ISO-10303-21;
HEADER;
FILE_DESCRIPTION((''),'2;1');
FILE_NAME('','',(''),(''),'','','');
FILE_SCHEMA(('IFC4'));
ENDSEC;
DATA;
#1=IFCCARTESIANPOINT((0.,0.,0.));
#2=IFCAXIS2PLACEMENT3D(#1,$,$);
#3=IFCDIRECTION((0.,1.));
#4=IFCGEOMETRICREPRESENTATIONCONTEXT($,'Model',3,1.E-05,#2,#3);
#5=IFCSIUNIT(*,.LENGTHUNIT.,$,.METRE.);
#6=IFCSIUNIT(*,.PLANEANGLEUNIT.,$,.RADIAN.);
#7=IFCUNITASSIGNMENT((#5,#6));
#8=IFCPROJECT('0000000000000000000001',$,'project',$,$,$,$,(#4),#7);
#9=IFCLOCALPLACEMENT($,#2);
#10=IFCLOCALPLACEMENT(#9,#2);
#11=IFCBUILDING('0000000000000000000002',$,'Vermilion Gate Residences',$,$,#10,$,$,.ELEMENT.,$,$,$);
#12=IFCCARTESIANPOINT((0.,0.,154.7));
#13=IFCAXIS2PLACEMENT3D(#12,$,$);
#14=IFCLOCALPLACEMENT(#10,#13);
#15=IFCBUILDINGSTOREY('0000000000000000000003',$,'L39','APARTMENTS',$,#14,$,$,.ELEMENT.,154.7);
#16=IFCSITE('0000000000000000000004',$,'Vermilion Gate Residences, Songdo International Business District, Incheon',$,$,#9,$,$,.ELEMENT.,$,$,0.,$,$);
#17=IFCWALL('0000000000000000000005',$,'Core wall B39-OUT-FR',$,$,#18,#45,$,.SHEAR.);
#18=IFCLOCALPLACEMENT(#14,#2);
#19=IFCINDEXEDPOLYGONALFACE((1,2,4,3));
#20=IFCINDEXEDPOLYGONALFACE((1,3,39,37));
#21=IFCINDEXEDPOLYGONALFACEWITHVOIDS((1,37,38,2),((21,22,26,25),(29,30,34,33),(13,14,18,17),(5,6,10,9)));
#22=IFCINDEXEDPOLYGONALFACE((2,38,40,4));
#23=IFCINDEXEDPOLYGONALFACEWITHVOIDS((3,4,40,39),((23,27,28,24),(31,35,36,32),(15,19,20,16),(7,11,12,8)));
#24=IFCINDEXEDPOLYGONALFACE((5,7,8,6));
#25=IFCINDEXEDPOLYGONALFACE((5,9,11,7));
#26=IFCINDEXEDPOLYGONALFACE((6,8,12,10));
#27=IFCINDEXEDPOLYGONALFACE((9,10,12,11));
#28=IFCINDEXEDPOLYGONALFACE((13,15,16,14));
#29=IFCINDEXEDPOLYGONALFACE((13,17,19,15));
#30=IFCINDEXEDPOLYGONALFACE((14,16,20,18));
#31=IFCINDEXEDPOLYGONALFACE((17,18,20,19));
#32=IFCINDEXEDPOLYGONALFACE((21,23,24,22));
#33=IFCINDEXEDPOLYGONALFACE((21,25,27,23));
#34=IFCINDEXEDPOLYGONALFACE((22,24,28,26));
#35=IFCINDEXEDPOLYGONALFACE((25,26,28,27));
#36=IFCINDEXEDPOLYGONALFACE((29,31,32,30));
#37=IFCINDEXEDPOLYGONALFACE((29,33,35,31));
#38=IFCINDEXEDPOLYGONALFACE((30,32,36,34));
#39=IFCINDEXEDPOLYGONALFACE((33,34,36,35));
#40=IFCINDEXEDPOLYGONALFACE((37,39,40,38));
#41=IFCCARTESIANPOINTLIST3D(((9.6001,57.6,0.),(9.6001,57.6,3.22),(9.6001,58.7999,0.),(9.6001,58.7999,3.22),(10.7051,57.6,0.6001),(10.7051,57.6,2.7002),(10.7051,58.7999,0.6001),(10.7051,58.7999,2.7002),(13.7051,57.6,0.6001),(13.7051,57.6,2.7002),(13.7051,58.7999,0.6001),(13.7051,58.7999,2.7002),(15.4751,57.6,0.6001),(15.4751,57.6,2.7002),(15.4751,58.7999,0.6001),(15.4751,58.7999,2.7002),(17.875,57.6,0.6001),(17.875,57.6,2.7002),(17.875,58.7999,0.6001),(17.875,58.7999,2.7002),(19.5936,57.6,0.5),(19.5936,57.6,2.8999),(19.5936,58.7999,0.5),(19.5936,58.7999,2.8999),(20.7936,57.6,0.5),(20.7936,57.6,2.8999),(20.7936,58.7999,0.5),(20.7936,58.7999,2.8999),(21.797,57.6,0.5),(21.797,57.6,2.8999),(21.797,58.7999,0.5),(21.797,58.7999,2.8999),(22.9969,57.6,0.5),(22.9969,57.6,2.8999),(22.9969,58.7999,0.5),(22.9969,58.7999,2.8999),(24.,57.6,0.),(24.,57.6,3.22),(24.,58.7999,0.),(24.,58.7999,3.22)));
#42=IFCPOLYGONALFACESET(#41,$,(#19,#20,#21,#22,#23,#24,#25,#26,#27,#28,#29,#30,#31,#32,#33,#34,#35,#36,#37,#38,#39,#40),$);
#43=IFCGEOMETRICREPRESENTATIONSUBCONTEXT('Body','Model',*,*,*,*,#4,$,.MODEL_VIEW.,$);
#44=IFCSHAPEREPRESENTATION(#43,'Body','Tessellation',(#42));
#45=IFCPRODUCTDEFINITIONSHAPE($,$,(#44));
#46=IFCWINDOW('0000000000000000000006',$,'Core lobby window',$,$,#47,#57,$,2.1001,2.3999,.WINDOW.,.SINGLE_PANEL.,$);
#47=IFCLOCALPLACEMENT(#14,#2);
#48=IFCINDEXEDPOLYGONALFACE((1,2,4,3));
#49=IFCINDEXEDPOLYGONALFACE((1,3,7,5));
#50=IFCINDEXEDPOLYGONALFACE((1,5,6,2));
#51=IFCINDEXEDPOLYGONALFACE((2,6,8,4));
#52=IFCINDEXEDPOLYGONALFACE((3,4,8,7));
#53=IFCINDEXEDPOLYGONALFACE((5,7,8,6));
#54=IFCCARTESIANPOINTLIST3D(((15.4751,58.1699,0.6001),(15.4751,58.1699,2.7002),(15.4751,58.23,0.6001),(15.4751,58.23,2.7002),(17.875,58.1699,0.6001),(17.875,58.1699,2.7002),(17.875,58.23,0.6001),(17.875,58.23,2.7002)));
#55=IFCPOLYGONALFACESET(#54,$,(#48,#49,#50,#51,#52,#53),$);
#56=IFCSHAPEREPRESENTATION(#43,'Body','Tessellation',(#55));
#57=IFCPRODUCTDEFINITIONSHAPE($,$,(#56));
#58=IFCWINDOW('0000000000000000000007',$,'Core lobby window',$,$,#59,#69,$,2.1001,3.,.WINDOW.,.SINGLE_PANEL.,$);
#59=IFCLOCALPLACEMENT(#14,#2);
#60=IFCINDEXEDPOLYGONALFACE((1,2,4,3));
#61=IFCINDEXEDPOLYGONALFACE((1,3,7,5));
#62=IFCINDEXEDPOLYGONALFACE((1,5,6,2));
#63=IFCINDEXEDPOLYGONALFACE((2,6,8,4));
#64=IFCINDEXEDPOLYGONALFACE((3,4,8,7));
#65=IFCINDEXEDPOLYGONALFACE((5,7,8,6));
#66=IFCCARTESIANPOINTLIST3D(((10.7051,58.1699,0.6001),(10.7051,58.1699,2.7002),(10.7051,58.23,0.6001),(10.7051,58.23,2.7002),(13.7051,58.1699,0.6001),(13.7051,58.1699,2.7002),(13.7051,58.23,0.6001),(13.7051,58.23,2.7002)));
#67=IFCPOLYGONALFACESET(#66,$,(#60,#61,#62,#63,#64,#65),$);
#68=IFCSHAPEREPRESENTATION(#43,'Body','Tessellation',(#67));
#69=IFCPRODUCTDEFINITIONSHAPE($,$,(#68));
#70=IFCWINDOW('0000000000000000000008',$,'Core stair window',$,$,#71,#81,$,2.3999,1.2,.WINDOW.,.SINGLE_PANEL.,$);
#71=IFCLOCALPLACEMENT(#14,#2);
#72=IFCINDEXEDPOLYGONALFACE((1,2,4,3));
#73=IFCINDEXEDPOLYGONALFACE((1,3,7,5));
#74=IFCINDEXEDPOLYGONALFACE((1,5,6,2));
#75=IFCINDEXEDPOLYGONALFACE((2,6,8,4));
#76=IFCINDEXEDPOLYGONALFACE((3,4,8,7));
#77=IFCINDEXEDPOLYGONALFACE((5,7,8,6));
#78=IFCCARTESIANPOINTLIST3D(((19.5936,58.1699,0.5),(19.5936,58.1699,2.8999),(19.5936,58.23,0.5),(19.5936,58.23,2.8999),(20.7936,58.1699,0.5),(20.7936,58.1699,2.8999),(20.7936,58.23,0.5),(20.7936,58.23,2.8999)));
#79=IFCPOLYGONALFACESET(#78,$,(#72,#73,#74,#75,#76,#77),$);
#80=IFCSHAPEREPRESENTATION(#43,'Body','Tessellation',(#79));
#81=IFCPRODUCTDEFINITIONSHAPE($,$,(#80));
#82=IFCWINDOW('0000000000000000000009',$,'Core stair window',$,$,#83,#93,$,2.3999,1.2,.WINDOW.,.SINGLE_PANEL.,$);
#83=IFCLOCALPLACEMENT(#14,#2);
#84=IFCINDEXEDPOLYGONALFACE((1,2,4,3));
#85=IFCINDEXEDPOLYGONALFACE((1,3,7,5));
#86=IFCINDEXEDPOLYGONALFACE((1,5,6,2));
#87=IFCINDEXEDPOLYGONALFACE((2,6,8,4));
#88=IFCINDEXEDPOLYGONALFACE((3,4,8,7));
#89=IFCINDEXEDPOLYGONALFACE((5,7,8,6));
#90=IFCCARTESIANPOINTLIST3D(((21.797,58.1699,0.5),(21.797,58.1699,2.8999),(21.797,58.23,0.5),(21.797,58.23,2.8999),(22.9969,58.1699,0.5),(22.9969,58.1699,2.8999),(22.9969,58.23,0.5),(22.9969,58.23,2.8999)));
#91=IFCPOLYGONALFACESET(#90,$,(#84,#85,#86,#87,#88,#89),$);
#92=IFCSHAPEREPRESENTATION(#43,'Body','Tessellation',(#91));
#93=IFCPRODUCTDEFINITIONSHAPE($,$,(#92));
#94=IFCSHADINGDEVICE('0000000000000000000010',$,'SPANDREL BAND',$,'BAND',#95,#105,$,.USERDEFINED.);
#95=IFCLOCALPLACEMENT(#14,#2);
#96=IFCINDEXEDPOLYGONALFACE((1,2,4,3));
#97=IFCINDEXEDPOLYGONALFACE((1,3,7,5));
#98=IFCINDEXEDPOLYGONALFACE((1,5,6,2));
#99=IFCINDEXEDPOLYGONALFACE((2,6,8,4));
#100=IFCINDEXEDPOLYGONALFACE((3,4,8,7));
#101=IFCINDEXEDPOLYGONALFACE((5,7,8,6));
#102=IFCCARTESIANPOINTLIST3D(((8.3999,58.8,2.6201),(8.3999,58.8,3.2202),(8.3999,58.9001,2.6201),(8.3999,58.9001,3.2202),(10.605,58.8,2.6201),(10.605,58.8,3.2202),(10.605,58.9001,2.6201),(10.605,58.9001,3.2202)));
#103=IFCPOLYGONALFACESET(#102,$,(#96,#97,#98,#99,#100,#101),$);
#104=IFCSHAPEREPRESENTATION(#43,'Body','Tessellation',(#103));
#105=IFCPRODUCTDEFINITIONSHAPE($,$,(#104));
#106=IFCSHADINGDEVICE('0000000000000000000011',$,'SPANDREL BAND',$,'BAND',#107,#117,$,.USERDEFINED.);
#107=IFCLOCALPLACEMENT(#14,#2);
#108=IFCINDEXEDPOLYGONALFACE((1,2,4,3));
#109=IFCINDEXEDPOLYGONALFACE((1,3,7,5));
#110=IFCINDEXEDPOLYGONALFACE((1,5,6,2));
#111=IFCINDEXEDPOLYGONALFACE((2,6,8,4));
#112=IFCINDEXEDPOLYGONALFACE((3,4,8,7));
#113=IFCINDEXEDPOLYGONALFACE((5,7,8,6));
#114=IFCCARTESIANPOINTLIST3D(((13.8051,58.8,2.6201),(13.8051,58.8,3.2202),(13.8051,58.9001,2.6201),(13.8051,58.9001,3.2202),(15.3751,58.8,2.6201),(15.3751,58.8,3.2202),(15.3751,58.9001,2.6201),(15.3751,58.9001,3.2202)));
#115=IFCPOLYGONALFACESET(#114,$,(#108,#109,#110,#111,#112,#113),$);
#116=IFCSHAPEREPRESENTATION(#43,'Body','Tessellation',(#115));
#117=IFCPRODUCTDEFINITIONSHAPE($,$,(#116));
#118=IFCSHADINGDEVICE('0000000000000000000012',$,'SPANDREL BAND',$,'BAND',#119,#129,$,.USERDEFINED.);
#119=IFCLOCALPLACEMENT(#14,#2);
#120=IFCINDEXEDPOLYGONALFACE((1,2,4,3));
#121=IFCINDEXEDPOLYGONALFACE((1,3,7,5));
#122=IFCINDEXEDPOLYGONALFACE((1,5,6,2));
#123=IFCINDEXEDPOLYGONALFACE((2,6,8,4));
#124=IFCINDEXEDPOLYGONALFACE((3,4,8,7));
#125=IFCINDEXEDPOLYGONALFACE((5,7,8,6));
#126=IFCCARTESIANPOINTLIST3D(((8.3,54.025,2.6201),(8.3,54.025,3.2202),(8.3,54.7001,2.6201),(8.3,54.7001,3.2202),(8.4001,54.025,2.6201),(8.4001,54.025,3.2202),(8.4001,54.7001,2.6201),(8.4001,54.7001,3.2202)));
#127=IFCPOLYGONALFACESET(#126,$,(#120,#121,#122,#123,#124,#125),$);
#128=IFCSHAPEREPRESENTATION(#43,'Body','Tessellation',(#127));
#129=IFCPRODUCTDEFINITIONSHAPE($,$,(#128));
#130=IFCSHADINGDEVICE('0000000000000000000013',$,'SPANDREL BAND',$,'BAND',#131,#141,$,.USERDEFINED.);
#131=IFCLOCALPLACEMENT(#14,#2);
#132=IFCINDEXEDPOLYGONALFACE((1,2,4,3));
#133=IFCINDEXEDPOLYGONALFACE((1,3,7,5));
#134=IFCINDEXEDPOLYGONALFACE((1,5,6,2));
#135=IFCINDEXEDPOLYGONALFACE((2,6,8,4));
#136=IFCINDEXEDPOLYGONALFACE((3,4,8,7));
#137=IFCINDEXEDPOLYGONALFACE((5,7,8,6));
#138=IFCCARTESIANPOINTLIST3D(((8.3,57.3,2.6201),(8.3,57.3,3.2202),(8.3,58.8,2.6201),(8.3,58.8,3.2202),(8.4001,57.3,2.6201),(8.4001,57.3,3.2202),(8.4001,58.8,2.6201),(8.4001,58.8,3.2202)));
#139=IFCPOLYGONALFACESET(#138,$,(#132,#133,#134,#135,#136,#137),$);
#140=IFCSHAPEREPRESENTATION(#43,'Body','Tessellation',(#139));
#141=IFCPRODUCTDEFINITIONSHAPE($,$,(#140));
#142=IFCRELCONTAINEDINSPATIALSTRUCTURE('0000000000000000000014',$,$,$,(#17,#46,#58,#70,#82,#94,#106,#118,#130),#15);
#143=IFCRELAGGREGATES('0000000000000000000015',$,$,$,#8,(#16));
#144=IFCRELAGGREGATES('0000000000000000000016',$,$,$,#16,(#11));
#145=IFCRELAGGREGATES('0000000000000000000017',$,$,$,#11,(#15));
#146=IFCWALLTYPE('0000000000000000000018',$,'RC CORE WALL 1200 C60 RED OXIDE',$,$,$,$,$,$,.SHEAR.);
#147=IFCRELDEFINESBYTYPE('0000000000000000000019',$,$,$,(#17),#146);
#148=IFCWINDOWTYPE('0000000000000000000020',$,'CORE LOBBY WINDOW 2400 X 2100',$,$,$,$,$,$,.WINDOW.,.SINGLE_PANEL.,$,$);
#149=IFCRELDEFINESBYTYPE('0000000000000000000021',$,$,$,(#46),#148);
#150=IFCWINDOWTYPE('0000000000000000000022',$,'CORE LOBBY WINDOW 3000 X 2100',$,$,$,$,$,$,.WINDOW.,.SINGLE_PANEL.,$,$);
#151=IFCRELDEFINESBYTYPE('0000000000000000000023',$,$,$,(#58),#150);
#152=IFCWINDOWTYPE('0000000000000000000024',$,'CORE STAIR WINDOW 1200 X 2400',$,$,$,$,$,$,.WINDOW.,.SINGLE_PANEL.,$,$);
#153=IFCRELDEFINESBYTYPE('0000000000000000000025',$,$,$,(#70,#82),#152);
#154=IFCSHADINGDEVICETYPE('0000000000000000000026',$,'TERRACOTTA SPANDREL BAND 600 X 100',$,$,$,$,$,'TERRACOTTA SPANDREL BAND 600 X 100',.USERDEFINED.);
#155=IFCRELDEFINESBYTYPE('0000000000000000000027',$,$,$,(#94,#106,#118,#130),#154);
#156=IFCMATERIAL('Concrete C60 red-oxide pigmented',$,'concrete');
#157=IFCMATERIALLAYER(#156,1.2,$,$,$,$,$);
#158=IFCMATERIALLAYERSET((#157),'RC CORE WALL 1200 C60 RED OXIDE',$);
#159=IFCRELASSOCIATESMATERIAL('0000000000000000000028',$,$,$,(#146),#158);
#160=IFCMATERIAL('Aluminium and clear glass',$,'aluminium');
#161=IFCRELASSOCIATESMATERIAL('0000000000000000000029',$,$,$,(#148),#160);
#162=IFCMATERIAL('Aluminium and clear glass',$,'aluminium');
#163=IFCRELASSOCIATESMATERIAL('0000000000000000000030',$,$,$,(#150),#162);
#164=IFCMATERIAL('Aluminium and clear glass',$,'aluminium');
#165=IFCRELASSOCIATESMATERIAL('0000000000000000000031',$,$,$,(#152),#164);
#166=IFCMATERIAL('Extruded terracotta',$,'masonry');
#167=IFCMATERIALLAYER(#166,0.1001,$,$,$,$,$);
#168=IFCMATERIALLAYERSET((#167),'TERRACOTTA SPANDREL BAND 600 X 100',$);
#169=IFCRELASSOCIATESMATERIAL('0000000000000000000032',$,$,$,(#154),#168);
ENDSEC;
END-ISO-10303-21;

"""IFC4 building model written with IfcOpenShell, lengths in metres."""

from ifc_helpers import new_model, si_unit, direction, frame, frame_2d, origin, origin_2d, place, context, subcontext, project, spatial, rectangle, extrude, material, layer, layer_set, type_object, element, fill, save


model = new_model("IFC4")

# Units and contexts
model_context = context("Model", 3, precision=1e-05, world=origin(), true_north=direction((0.0, 1.0)))
body_context = subcontext(model_context, "Body", "Model", "MODEL_VIEW")
ifc_project = project(units=[si_unit("LENGTHUNIT", "METRE"), si_unit("PLANEANGLEUNIT", "RADIAN")], contexts=[model_context])

# Site, building, storey
site_placement = place(None, origin())
site = spatial("IfcSite", under=ifc_project, at=site_placement, Name="Vermilion Gate Residences, Songdo International Business District, Incheon", CompositionType="ELEMENT", RefElevation=0.0)
building_placement = place(site_placement, origin())
building = spatial("IfcBuilding", under=site, at=building_placement, Name="Vermilion Gate Residences", CompositionType="ELEMENT")
storey_placement = place(building_placement, frame((0.0, 0.0, 154.7)))
storey = spatial("IfcBuildingStorey", under=building, at=storey_placement, Name="L39", Description="APARTMENTS", CompositionType="ELEMENT", Elevation=154.7)

# Wall, openings, windows
ifc_material_1 = material(Name="Concrete C60 red-oxide pigmented", Category="concrete")
ifc_layer_1 = layer(ifc_material_1, 1.2)
ifc_layer_set_1 = layer_set([ifc_layer_1], Name="RC CORE WALL 1200 C60 RED OXIDE")
wall_type_1 = type_object("IfcWallType", Name="RC CORE WALL 1200 C60 RED OXIDE", PredefinedType="SHEAR", material=ifc_layer_set_1)
ifc_material_2 = material(Name="Aluminium and clear glass", Category="aluminium")
window_type_1 = type_object("IfcWindowType", Name="CORE LOBBY WINDOW 2400 X 2100", PartitioningType="SINGLE_PANEL", PredefinedType="WINDOW", material=ifc_material_2)
wall_1_placement = place(storey_placement, frame((9.6001, 58.2, 0.0), z_axis=(0.0, 0.0, 1.0), x_axis=(1.0, 0.0, 0.0)))
wall_1 = element("IfcWall", 1, at=wall_1_placement, inside=storey, type_object=wall_type_1, Name="Core wall B39-OUT-FR", PredefinedType="SHEAR", context=body_context, shape_type="SweptSolid", body=[
    extrude(rectangle(XDim=14.3999, YDim=1.2, at=frame_2d((7.2, 0.0))), origin(), (0.0, 0.0, 1.0), 3.22),
])
opening_1_placement = place(wall_1_placement, frame((1.105, 0.0, 0.6001)))
opening_1 = element("IfcOpeningElement", 2, at=opening_1_placement, cuts=wall_1, PredefinedType="OPENING", context=body_context, shape_type="SweptSolid", body=[
    extrude(rectangle(XDim=3.0, YDim=2.1001, at=frame_2d((1.5, 1.05))), frame((0.0, 0.6099, 0.0), z_axis=(0.0, -1.0, 0.0), x_axis=(1.0, 0.0, 0.0)), (0.0, 0.0, 1.0), 1.22),
])
opening_2_placement = place(wall_1_placement, frame((5.875, 0.0, 0.6001)))
opening_2 = element("IfcOpeningElement", 3, at=opening_2_placement, cuts=wall_1, PredefinedType="OPENING", context=body_context, shape_type="SweptSolid", body=[
    extrude(rectangle(XDim=2.3999, YDim=2.1001, at=frame_2d((1.2, 1.05))), frame((0.0, 0.6099, 0.0), z_axis=(0.0, -1.0, 0.0), x_axis=(1.0, 0.0, 0.0)), (0.0, 0.0, 1.0), 1.22),
])
opening_3_placement = place(wall_1_placement, frame((9.9934, 0.0, 0.5)))
opening_3 = element("IfcOpeningElement", 4, at=opening_3_placement, cuts=wall_1, PredefinedType="OPENING", context=body_context, shape_type="SweptSolid", body=[
    extrude(rectangle(XDim=1.2, YDim=2.3999, at=frame_2d((0.6001, 1.2))), frame((0.0, 0.6099, 0.0), z_axis=(0.0, -1.0, 0.0), x_axis=(1.0, 0.0, 0.0)), (0.0, 0.0, 1.0), 1.22),
])
opening_4_placement = place(wall_1_placement, frame((12.1968, 0.0, 0.5)))
opening_4 = element("IfcOpeningElement", 5, at=opening_4_placement, cuts=wall_1, PredefinedType="OPENING", context=body_context, shape_type="SweptSolid", body=[
    extrude(rectangle(XDim=1.2, YDim=2.3999, at=frame_2d((0.6001, 1.2))), frame((0.0, 0.6099, 0.0), z_axis=(0.0, -1.0, 0.0), x_axis=(1.0, 0.0, 0.0)), (0.0, 0.0, 1.0), 1.22),
])
window_1_placement = place(opening_2_placement, origin())
window_1 = element("IfcWindow", 6, at=window_1_placement, inside=storey, type_object=window_type_1, Name="Core lobby window", OverallHeight=2.1001, OverallWidth=2.3999, PartitioningType="SINGLE_PANEL", PredefinedType="WINDOW", context=body_context, shape_type="SweptSolid", body=[
    extrude(rectangle(XDim=2.3999, YDim=2.1001, at=frame_2d((1.2, 1.05))), frame((0.0, 0.03, 0.0), z_axis=(0.0, -1.0, 0.0), x_axis=(1.0, 0.0, 0.0)), (0.0, 0.0, 1.0), 0.0601),
])
fill(opening_2, window_1)
ifc_material_3 = material(Name="Aluminium and clear glass", Category="aluminium")
window_type_2 = type_object("IfcWindowType", Name="CORE LOBBY WINDOW 3000 X 2100", PartitioningType="SINGLE_PANEL", PredefinedType="WINDOW", material=ifc_material_3)
window_2_placement = place(opening_1_placement, origin())
window_2 = element("IfcWindow", 7, at=window_2_placement, inside=storey, type_object=window_type_2, Name="Core lobby window", OverallHeight=2.1001, OverallWidth=3.0, PartitioningType="SINGLE_PANEL", PredefinedType="WINDOW", context=body_context, shape_type="SweptSolid", body=[
    extrude(rectangle(XDim=3.0, YDim=2.1001, at=frame_2d((1.5, 1.05))), frame((0.0, 0.03, 0.0), z_axis=(0.0, -1.0, 0.0), x_axis=(1.0, 0.0, 0.0)), (0.0, 0.0, 1.0), 0.0601),
])
fill(opening_1, window_2)
ifc_material_4 = material(Name="Aluminium and clear glass", Category="aluminium")
window_type_3 = type_object("IfcWindowType", Name="CORE STAIR WINDOW 1200 X 2400", PartitioningType="SINGLE_PANEL", PredefinedType="WINDOW", material=ifc_material_4)
window_3_placement = place(opening_3_placement, origin())
window_3 = element("IfcWindow", 8, at=window_3_placement, inside=storey, type_object=window_type_3, Name="Core stair window", OverallHeight=2.3999, OverallWidth=1.2, PartitioningType="SINGLE_PANEL", PredefinedType="WINDOW", context=body_context, shape_type="SweptSolid", body=[
    extrude(rectangle(XDim=1.2, YDim=2.3999, at=frame_2d((0.6001, 1.2))), frame((0.0, 0.03, 0.0), z_axis=(0.0, -1.0, 0.0), x_axis=(1.0, 0.0, 0.0)), (0.0, 0.0, 1.0), 0.0601),
])
fill(opening_3, window_3)
window_4_placement = place(opening_4_placement, origin())
window_4 = element("IfcWindow", 9, at=window_4_placement, inside=storey, type_object=window_type_3, Name="Core stair window", OverallHeight=2.3999, OverallWidth=1.2, PartitioningType="SINGLE_PANEL", PredefinedType="WINDOW", context=body_context, shape_type="SweptSolid", body=[
    extrude(rectangle(XDim=1.2, YDim=2.3999, at=frame_2d((0.6001, 1.2))), frame((0.0, 0.03, 0.0), z_axis=(0.0, -1.0, 0.0), x_axis=(1.0, 0.0, 0.0)), (0.0, 0.0, 1.0), 0.0601),
])
fill(opening_4, window_4)

# Shading devices
ifc_material_5 = material(Name="Extruded terracotta", Category="masonry")
ifc_layer_2 = layer(ifc_material_5, 0.1001)
ifc_layer_set_2 = layer_set([ifc_layer_2], Name="TERRACOTTA SPANDREL BAND 600 X 100")
shading_device_type = type_object("IfcShadingDeviceType", Name="TERRACOTTA SPANDREL BAND 600 X 100", ElementType="TERRACOTTA SPANDREL BAND 600 X 100", PredefinedType="USERDEFINED", material=ifc_layer_set_2)
shading_device_1_placement = place(storey_placement, frame((9.5024, 58.8501, 2.6201), z_axis=(0.0, 0.0, 1.0), x_axis=(1.0, 0.0, 0.0)))
element("IfcShadingDevice", 10, at=shading_device_1_placement, inside=storey, type_object=shading_device_type, Name="SPANDREL BAND", ObjectType="BAND", PredefinedType="USERDEFINED", context=body_context, shape_type="SweptSolid", body=[
    extrude(rectangle(XDim=2.2051, YDim=0.1001, at=origin_2d()), origin(), (0.0, 0.0, 1.0), 0.6001),
])
shading_device_2_placement = place(storey_placement, frame((14.5901, 58.8501, 2.6201), z_axis=(0.0, 0.0, 1.0), x_axis=(1.0, 0.0, 0.0)))
element("IfcShadingDevice", 11, at=shading_device_2_placement, inside=storey, type_object=shading_device_type, Name="SPANDREL BAND", ObjectType="BAND", PredefinedType="USERDEFINED", context=body_context, shape_type="SweptSolid", body=[
    extrude(rectangle(XDim=1.5701, YDim=0.1001, at=origin_2d()), origin(), (0.0, 0.0, 1.0), 0.6001),
])
shading_device_3_placement = place(storey_placement, frame((8.3501, 54.3625, 2.6201), z_axis=(0.0, 0.0, 1.0), x_axis=(0.0, 1.0, 0.0)))
element("IfcShadingDevice", 12, at=shading_device_3_placement, inside=storey, type_object=shading_device_type, Name="SPANDREL BAND", ObjectType="BAND", PredefinedType="USERDEFINED", context=body_context, shape_type="SweptSolid", body=[
    extrude(rectangle(XDim=0.675, YDim=0.1001, at=origin_2d()), origin(), (0.0, 0.0, 1.0), 0.6001),
])
shading_device_4_placement = place(storey_placement, frame((8.3501, 58.05, 2.6201), z_axis=(0.0, 0.0, 1.0), x_axis=(0.0, 1.0, 0.0)))
element("IfcShadingDevice", 13, at=shading_device_4_placement, inside=storey, type_object=shading_device_type, Name="SPANDREL BAND", ObjectType="BAND", PredefinedType="USERDEFINED", context=body_context, shape_type="SweptSolid", body=[
    extrude(rectangle(XDim=1.5, YDim=0.1001, at=origin_2d()), origin(), (0.0, 0.0, 1.0), 0.6001),
])

save(model, "model.ifc")
